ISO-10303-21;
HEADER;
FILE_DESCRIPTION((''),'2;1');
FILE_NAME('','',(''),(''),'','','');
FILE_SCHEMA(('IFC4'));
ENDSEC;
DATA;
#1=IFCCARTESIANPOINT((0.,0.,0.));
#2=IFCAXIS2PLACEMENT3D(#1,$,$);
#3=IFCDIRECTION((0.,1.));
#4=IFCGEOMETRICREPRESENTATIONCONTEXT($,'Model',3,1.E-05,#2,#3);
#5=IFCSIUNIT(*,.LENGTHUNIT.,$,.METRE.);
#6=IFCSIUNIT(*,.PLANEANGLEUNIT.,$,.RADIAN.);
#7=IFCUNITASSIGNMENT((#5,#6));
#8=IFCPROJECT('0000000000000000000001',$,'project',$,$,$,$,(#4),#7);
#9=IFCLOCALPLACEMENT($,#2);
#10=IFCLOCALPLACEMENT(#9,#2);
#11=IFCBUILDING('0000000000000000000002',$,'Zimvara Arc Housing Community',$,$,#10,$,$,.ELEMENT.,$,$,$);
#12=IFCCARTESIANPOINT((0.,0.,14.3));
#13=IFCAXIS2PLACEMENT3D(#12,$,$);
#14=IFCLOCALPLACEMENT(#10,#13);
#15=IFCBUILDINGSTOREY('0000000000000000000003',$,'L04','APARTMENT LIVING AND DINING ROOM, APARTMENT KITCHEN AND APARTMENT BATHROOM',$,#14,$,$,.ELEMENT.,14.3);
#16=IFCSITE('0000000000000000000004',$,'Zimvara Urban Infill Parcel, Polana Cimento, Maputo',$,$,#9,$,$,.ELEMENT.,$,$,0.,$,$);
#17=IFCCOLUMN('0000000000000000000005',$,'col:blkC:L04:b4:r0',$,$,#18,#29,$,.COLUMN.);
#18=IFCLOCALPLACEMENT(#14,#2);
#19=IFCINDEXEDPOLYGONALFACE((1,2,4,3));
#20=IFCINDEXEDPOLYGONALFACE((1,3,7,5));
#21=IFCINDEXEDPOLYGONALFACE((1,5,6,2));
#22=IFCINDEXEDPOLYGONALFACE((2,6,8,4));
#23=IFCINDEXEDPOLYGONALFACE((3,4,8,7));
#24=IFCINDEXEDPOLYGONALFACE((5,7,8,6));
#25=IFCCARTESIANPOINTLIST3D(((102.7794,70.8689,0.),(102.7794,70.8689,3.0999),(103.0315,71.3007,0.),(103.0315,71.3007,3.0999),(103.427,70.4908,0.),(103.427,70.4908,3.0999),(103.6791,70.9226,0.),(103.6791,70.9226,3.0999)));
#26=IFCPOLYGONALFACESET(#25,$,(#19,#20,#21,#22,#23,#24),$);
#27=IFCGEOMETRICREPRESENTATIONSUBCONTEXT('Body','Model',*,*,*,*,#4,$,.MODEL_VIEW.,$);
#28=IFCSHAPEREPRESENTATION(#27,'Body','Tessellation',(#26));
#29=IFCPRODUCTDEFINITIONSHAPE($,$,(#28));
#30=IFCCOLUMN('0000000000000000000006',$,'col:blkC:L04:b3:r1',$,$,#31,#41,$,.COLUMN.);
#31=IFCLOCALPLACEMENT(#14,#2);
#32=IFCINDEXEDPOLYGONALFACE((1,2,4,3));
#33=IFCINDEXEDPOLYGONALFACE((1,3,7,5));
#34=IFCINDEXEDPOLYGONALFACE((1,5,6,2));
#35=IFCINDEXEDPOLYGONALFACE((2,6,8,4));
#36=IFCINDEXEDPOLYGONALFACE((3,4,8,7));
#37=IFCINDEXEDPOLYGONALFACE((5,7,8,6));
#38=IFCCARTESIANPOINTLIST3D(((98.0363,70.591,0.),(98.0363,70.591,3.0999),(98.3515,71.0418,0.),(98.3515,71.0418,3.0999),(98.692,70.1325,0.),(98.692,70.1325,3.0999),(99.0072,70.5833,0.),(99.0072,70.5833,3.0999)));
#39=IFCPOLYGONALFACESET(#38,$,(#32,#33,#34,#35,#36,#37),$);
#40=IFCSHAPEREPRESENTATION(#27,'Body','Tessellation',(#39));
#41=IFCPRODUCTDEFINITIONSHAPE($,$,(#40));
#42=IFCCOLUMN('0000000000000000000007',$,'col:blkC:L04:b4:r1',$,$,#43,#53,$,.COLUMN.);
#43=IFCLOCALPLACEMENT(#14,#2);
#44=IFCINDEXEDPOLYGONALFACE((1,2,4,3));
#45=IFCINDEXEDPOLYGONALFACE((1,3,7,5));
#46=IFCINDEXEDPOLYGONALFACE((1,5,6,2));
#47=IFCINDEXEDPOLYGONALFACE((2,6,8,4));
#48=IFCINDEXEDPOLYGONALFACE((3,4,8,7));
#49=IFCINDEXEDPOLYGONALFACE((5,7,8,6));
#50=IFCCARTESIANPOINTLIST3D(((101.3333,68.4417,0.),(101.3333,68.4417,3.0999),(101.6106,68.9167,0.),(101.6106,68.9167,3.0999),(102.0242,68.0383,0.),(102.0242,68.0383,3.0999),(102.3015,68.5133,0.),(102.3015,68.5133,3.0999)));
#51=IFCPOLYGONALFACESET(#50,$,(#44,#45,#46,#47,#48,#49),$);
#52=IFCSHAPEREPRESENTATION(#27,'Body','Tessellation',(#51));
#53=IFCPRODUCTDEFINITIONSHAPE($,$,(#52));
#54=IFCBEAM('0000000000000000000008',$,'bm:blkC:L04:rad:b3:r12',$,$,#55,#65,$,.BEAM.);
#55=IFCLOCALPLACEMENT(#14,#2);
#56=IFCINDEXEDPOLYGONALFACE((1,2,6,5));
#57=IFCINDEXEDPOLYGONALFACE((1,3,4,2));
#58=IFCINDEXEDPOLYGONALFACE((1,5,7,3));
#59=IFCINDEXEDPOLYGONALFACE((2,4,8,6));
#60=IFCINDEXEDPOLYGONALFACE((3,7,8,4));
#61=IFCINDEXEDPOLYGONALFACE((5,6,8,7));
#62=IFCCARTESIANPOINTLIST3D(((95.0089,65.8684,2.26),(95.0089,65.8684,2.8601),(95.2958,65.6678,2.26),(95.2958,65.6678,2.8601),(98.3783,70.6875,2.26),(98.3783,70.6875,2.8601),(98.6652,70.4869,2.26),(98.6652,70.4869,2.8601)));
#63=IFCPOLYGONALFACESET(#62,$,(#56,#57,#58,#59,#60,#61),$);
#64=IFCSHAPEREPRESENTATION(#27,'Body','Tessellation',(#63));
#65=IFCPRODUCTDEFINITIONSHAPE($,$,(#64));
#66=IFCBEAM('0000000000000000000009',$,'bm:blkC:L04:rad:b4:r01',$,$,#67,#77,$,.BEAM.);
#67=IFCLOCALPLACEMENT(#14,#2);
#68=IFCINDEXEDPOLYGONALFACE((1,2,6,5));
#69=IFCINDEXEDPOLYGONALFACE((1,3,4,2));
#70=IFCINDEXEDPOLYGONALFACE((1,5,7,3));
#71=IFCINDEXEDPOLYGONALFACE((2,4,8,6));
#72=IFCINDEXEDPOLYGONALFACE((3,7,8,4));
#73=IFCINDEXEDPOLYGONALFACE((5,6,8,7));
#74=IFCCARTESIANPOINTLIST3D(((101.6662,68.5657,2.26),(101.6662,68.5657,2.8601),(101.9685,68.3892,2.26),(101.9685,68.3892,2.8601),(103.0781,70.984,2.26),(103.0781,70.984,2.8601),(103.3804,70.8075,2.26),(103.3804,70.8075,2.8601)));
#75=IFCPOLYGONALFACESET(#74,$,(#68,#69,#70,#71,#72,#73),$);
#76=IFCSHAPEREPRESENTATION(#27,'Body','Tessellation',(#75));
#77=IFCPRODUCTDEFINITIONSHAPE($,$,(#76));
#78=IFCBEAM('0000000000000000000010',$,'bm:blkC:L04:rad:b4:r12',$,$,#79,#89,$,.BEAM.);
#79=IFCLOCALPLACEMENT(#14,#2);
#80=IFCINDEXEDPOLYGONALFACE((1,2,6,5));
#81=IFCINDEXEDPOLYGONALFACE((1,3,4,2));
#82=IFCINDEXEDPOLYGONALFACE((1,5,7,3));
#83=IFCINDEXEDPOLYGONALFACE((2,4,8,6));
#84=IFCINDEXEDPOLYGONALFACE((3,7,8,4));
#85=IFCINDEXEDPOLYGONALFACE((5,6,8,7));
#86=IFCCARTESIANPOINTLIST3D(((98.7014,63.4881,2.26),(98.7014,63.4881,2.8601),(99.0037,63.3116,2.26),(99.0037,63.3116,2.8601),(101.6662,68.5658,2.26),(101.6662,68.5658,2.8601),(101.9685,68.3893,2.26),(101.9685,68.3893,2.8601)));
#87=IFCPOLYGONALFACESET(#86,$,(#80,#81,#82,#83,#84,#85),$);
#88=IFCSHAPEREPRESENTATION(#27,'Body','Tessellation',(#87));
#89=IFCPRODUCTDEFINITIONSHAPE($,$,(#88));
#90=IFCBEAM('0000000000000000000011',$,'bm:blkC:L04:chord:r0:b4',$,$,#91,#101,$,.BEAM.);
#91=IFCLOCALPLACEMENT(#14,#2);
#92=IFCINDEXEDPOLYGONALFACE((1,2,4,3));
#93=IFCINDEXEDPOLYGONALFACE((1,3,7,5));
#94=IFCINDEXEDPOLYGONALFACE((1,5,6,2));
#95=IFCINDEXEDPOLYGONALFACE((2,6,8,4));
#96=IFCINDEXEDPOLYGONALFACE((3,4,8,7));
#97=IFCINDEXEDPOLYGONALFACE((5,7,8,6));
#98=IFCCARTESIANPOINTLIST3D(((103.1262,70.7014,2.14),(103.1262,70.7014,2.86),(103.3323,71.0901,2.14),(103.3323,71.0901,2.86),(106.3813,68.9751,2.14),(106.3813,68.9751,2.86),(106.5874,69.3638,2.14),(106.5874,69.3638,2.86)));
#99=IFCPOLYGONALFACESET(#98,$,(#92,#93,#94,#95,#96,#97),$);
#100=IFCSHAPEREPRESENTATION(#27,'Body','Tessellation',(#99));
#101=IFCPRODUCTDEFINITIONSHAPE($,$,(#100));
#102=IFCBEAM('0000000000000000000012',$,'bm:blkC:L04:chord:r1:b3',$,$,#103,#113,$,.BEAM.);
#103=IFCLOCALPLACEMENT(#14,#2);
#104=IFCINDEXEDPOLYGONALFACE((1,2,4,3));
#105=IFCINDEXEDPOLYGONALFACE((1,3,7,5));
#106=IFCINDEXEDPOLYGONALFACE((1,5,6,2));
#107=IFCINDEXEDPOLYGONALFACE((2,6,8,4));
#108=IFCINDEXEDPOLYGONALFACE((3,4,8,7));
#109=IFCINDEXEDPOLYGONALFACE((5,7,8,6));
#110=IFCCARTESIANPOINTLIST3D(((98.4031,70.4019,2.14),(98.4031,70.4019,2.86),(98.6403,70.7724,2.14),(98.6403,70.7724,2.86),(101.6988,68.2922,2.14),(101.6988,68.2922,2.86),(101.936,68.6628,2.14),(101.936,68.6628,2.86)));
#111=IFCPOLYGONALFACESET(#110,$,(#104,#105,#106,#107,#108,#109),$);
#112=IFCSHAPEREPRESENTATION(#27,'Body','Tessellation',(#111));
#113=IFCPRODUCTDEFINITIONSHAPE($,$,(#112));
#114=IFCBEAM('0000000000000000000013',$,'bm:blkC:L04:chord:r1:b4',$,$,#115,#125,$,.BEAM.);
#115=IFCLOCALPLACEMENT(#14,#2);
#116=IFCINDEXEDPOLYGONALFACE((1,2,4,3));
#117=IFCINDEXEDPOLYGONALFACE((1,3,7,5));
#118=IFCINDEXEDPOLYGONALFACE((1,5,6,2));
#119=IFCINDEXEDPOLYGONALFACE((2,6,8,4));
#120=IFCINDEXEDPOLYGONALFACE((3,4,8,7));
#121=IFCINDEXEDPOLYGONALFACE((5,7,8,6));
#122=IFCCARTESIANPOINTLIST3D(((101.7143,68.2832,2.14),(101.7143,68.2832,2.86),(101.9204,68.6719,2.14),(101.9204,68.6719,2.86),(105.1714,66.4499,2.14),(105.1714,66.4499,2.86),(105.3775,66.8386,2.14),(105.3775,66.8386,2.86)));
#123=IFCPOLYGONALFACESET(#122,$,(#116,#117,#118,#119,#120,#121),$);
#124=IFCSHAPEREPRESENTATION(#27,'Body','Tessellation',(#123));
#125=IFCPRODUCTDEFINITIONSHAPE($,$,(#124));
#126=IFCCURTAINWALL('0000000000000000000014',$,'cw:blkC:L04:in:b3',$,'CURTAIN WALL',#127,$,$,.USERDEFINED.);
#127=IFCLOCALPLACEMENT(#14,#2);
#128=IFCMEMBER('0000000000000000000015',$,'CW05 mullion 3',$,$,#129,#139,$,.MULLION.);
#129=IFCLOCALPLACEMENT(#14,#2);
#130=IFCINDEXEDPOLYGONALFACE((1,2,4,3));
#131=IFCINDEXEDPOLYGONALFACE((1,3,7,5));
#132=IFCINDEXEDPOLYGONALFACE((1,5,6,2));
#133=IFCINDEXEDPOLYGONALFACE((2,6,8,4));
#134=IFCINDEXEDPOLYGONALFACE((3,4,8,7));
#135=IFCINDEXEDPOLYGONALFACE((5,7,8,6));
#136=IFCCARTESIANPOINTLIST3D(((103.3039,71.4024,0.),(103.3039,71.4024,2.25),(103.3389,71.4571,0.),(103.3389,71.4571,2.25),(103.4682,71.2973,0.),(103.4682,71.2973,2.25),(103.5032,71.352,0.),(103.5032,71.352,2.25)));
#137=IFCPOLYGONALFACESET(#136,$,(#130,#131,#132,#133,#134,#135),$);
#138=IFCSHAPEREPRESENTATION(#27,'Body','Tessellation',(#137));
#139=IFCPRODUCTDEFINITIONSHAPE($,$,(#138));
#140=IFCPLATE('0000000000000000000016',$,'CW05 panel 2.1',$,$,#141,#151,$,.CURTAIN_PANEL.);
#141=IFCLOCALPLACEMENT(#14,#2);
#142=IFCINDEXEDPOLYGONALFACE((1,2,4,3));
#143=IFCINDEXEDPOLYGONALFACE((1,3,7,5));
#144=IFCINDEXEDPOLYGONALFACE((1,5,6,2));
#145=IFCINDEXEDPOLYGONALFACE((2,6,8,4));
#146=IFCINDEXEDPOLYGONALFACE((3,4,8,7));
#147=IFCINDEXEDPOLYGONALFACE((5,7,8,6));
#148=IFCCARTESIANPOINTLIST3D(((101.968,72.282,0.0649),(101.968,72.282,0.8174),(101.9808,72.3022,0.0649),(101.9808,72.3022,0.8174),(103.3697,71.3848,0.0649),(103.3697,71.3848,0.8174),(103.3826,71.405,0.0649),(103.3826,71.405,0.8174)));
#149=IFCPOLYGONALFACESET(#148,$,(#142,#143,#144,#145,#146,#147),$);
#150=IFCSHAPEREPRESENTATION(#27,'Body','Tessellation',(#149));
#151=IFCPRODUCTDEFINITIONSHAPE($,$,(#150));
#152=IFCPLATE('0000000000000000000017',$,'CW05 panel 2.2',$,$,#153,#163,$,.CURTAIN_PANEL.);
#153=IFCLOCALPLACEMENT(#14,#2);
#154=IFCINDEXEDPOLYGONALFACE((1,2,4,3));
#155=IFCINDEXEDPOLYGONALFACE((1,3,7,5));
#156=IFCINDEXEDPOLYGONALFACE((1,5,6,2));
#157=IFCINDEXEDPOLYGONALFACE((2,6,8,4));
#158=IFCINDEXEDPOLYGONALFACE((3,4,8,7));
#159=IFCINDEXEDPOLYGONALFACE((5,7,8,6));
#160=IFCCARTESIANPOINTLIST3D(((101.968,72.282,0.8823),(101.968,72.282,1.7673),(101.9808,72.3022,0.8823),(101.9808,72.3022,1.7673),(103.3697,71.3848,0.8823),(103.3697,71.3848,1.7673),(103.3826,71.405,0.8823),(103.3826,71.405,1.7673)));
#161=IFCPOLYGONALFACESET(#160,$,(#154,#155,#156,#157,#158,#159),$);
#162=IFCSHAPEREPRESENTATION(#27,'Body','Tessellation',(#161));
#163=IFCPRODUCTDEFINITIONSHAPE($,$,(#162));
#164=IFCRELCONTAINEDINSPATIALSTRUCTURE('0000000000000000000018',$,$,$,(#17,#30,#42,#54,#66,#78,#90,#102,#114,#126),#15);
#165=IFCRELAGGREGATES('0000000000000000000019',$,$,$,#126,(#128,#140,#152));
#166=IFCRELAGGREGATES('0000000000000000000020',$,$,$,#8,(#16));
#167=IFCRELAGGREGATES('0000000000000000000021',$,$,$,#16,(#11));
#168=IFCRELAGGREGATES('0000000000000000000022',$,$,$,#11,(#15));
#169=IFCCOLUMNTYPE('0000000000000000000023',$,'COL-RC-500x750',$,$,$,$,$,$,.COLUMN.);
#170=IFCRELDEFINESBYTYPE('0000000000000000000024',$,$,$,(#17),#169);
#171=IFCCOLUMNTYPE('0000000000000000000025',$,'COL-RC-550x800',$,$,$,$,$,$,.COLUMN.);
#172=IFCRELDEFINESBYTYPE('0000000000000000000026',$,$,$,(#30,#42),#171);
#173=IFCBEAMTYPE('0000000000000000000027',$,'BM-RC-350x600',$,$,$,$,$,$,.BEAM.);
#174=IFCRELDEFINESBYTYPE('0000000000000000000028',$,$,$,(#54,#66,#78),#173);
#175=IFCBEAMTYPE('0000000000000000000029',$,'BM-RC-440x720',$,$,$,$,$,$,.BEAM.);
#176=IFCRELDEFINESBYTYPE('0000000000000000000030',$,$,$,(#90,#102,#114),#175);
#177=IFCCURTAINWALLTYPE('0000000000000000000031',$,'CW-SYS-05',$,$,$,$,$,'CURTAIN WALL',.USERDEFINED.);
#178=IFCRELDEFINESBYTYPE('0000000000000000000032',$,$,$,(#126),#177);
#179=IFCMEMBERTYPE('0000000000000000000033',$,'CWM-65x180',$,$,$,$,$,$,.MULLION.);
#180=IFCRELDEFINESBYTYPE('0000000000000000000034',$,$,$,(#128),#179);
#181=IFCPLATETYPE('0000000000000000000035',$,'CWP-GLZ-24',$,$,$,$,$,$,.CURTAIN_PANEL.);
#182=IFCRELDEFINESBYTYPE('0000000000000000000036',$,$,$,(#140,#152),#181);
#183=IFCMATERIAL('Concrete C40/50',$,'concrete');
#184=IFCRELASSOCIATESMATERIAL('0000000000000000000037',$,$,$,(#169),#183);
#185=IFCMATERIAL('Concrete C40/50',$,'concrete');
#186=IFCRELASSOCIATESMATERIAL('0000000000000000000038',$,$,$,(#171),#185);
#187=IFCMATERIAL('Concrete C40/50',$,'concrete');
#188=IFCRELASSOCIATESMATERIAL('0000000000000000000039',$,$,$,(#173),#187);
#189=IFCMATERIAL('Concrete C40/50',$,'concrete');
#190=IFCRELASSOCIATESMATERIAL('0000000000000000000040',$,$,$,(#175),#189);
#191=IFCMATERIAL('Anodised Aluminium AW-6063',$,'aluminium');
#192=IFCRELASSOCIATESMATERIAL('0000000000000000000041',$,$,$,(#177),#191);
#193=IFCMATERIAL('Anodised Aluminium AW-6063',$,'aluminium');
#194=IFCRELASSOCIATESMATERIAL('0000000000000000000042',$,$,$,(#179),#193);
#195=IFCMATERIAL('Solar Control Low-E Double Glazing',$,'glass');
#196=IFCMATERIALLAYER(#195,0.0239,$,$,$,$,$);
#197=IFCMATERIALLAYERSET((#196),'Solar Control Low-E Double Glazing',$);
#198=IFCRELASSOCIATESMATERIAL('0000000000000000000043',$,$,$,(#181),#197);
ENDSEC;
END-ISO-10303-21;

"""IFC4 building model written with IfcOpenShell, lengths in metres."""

from ifc_helpers import new_model, si_unit, direction, frame, origin, origin_2d, place, context, subcontext, project, spatial, rectangle, extrude, material, layer, layer_set, material_profile, profile_set, type_object, element, aggregate, save


model = new_model("IFC4")

# Units and contexts
model_context = context("Model", 3, precision=1e-05, world=origin(), true_north=direction((0.0, 1.0)))
body_context = subcontext(model_context, "Body", "Model", "MODEL_VIEW")
ifc_project = project(units=[si_unit("LENGTHUNIT", "METRE"), si_unit("PLANEANGLEUNIT", "RADIAN")], contexts=[model_context])

# Site, building, storey
site_placement = place(None, origin())
site = spatial("IfcSite", under=ifc_project, at=site_placement, Name="Zimvara Urban Infill Parcel, Polana Cimento, Maputo", CompositionType="ELEMENT", RefElevation=0.0)
building_placement = place(site_placement, origin())
building = spatial("IfcBuilding", under=site, at=building_placement, Name="Zimvara Arc Housing Community", CompositionType="ELEMENT")
storey_placement = place(building_placement, frame((0.0, 0.0, 14.3)))
storey = spatial("IfcBuildingStorey", under=building, at=storey_placement, Name="L04", Description="APARTMENT LIVING AND DINING ROOM, APARTMENT KITCHEN AND APARTMENT BATHROOM", CompositionType="ELEMENT", Elevation=14.3)

# Columns
ifc_material_1 = material(Name="Concrete C40/50", Category="concrete")
ifc_material_profile_1 = material_profile(ifc_material_1, rectangle(XDim=0.5, YDim=0.75, at=origin_2d()), Name="RC 500x750")
ifc_profile_set_1 = profile_set([ifc_material_profile_1], Name="Concrete C40/50")
column_type_1 = type_object("IfcColumnType", Name="COL-RC-500x750", PredefinedType="COLUMN", material=ifc_profile_set_1)
column_placement = place(storey_placement, frame((103.2292, 70.8958, 0.0), z_axis=(0.0, 0.0, 1.0), x_axis=(-0.504226, -0.863572, 0.0)))
element("IfcColumn", 1, at=column_placement, inside=storey, type_object=column_type_1, Name="col:blkC:L04:b4:r0", PredefinedType="COLUMN", context=body_context, shape_type="SweptSolid", body=[
    extrude(rectangle(XDim=0.5, YDim=0.75, at=origin_2d()), origin(), (0.0, 0.0, 1.0), 3.0999),
])
ifc_material_2 = material(Name="Concrete C40/50", Category="concrete")
ifc_material_profile_2 = material_profile(ifc_material_2, rectangle(XDim=0.55, YDim=0.8, at=origin_2d()), Name="RC 550x800")
ifc_profile_set_2 = profile_set([ifc_material_profile_2], Name="Concrete C40/50")
column_type_2 = type_object("IfcColumnType", Name="COL-RC-550x800", PredefinedType="COLUMN", material=ifc_profile_set_2)
for number, where, z_axis, x_axis, name in (
    (2, (98.5217, 70.5872, 0.0), (0.0, 0.0, 1.0), (-0.573004, -0.819552, 0.0), "col:blkC:L04:b3:r1"),
    (3, (101.8174, 68.4775, 0.0), (0.0, 0.0, 1.0), (-0.504226, -0.863572, 0.0), "col:blkC:L04:b4:r1"),
):
    element("IfcColumn", number, at=place(storey_placement, frame(where, z_axis=z_axis, x_axis=x_axis)), inside=storey, type_object=column_type_2, Name=name, PredefinedType="COLUMN", context=body_context, shape_type="SweptSolid", body=[
        extrude(rectangle(XDim=0.55, YDim=0.8, at=origin_2d()), origin(), (0.0, 0.0, 1.0), 3.0999),
    ])

# Beams
ifc_material_3 = material(Name="Concrete C40/50", Category="concrete")
ifc_material_profile_3 = material_profile(ifc_material_3, rectangle(XDim=0.3501, YDim=0.6001, at=origin_2d()), Name="RC 350x600")
ifc_profile_set_3 = profile_set([ifc_material_profile_3], Name="Concrete C40/50")
beam_type_1 = type_object("IfcBeamType", Name="BM-RC-350x600", PredefinedType="BEAM", material=ifc_profile_set_3)
beam_1_placement = place(storey_placement, frame((98.5217, 70.5872, 2.5601), z_axis=(-0.573008, -0.81955, 0.0), x_axis=(0.81955, -0.573008, 0.0)))
element("IfcBeam", 4, at=beam_1_placement, inside=storey, type_object=beam_type_1, Name="bm:blkC:L04:rad:b3:r12", PredefinedType="BEAM", context=body_context, shape_type="SweptSolid", body=[
    extrude(rectangle(XDim=0.3501, YDim=0.6001, at=origin_2d()), origin(), (0.0, 0.0, 1.0), 5.8801),
])
beam_2_placement = place(storey_placement, frame((103.2292, 70.8958, 2.5601), z_axis=(-0.504202, -0.863586, 0.0), x_axis=(0.863586, -0.504202, 0.0)))
element("IfcBeam", 5, at=beam_2_placement, inside=storey, type_object=beam_type_1, Name="bm:blkC:L04:rad:b4:r01", PredefinedType="BEAM", context=body_context, shape_type="SweptSolid", body=[
    extrude(rectangle(XDim=0.3501, YDim=0.6001, at=origin_2d()), origin(), (0.0, 0.0, 1.0), 2.8003),
])
beam_3_placement = place(storey_placement, frame((101.8174, 68.4775, 2.5601), z_axis=(-0.504238, -0.863565, 0.0), x_axis=(0.863565, -0.504238, 0.0)))
element("IfcBeam", 6, at=beam_3_placement, inside=storey, type_object=beam_type_1, Name="bm:blkC:L04:rad:b4:r12", PredefinedType="BEAM", context=body_context, shape_type="SweptSolid", body=[
    extrude(rectangle(XDim=0.3501, YDim=0.6001, at=origin_2d()), origin(), (0.0, 0.0, 1.0), 5.8799),
])
ifc_material_4 = material(Name="Concrete C40/50", Category="concrete")
ifc_material_profile_4 = material_profile(ifc_material_4, rectangle(XDim=0.4399, YDim=0.72, at=origin_2d()), Name="RC 440x720")
ifc_profile_set_4 = profile_set([ifc_material_profile_4], Name="Concrete C40/50")
beam_type_2 = type_object("IfcBeamType", Name="BM-RC-440x720", PredefinedType="BEAM", material=ifc_profile_set_4)
beam_4_placement = place(storey_placement, frame((103.2292, 70.8958, 2.5), z_axis=(0.883449, -0.468527, 0.0), x_axis=(0.468527, 0.883449, 0.0)))
element("IfcBeam", 7, at=beam_4_placement, inside=storey, type_object=beam_type_2, Name="bm:blkC:L04:chord:r0:b4", PredefinedType="BEAM", context=body_context, shape_type="SweptSolid", body=[
    extrude(rectangle(XDim=0.4399, YDim=0.72, at=origin_2d()), origin(), (0.0, 0.0, 1.0), 3.6846),
])
for number, where, z_axis, x_axis, name in (
    (8, (98.5217, 70.5872, 2.5), (0.842225, -0.539126, 0.0), (0.539126, 0.842225, 0.0), "bm:blkC:L04:chord:r1:b3"),
    (9, (101.8174, 68.4775, 2.5), (0.883464, -0.468498, 0.0), (0.468498, 0.883464, 0.0), "bm:blkC:L04:chord:r1:b4"),
):
    element("IfcBeam", number, at=place(storey_placement, frame(where, z_axis=z_axis, x_axis=x_axis)), inside=storey, type_object=beam_type_2, Name=name, PredefinedType="BEAM", context=body_context, shape_type="SweptSolid", body=[
        extrude(rectangle(XDim=0.4399, YDim=0.72, at=origin_2d()), origin(), (0.0, 0.0, 1.0), 3.9131),
    ])

# Curtain wall, member, plates
ifc_material_5 = material(Name="Anodised Aluminium AW-6063", Category="aluminium")
curtain_wall_type = type_object("IfcCurtainWallType", Name="CW-SYS-05", ElementType="CURTAIN WALL", PredefinedType="USERDEFINED", material=ifc_material_5)
curtain_wall_placement = place(storey_placement, origin())
curtain_wall = element("IfcCurtainWall", 10, at=curtain_wall_placement, inside=storey, type_object=curtain_wall_type, Name="cw:blkC:L04:in:b3", ObjectType="CURTAIN WALL", PredefinedType="USERDEFINED")
ifc_material_6 = material(Name="Anodised Aluminium AW-6063", Category="aluminium")
ifc_material_profile_5 = material_profile(ifc_material_6, rectangle(XDim=0.0649, YDim=0.1951, at=origin_2d()), Name="ALU 65x195")
ifc_profile_set_5 = profile_set([ifc_material_profile_5], Name="Anodised Aluminium AW-6063")
member_type = type_object("IfcMemberType", Name="CWM-65x180", PredefinedType="MULLION", material=ifc_profile_set_5)
member_placement = place(storey_placement, frame((103.4036, 71.3772, 0.0), z_axis=(0.0, 0.0, 1.0), x_axis=(0.539064, 0.842265, 0.0)))
member = element("IfcMember", 11, at=member_placement, type_object=member_type, Name="CW05 mullion 3", PredefinedType="MULLION", context=body_context, shape_type="SweptSolid", body=[
    extrude(rectangle(XDim=0.0649, YDim=0.1951, at=origin_2d()), origin(), (0.0, 0.0, 1.0), 2.25),
])
ifc_material_7 = material(Name="Solar Control Low-E Double Glazing", Category="glass")
ifc_layer_1 = layer(ifc_material_7, 0.0239)
ifc_layer_set_1 = layer_set([ifc_layer_1], Name="Solar Control Low-E Double Glazing")
plate_type = type_object("IfcPlateType", Name="CWP-GLZ-24", PredefinedType="CURTAIN_PANEL", material=ifc_layer_set_1)
plate_1_placement = place(storey_placement, frame((102.6753, 71.8435, 0.0649), z_axis=(0.0, 0.0, 1.0), x_axis=(0.842265, -0.539064, 0.0)))
plate_1 = element("IfcPlate", 12, at=plate_1_placement, type_object=plate_type, Name="CW05 panel 2.1", PredefinedType="CURTAIN_PANEL", context=body_context, shape_type="SweptSolid", body=[
    extrude(rectangle(XDim=1.6643, YDim=0.0239, at=origin_2d()), origin(), (0.0, 0.0, 1.0), 0.7524),
])
plate_2_placement = place(storey_placement, frame((102.6753, 71.8435, 0.8823), z_axis=(0.0, 0.0, 1.0), x_axis=(0.842265, -0.539064, 0.0)))
plate_2 = element("IfcPlate", 13, at=plate_2_placement, type_object=plate_type, Name="CW05 panel 2.2", PredefinedType="CURTAIN_PANEL", context=body_context, shape_type="SweptSolid", body=[
    extrude(rectangle(XDim=1.6643, YDim=0.0239, at=origin_2d()), origin(), (0.0, 0.0, 1.0), 0.885),
])
aggregate(curtain_wall, [member, plate_1, plate_2])

save(model, "model.ifc")
